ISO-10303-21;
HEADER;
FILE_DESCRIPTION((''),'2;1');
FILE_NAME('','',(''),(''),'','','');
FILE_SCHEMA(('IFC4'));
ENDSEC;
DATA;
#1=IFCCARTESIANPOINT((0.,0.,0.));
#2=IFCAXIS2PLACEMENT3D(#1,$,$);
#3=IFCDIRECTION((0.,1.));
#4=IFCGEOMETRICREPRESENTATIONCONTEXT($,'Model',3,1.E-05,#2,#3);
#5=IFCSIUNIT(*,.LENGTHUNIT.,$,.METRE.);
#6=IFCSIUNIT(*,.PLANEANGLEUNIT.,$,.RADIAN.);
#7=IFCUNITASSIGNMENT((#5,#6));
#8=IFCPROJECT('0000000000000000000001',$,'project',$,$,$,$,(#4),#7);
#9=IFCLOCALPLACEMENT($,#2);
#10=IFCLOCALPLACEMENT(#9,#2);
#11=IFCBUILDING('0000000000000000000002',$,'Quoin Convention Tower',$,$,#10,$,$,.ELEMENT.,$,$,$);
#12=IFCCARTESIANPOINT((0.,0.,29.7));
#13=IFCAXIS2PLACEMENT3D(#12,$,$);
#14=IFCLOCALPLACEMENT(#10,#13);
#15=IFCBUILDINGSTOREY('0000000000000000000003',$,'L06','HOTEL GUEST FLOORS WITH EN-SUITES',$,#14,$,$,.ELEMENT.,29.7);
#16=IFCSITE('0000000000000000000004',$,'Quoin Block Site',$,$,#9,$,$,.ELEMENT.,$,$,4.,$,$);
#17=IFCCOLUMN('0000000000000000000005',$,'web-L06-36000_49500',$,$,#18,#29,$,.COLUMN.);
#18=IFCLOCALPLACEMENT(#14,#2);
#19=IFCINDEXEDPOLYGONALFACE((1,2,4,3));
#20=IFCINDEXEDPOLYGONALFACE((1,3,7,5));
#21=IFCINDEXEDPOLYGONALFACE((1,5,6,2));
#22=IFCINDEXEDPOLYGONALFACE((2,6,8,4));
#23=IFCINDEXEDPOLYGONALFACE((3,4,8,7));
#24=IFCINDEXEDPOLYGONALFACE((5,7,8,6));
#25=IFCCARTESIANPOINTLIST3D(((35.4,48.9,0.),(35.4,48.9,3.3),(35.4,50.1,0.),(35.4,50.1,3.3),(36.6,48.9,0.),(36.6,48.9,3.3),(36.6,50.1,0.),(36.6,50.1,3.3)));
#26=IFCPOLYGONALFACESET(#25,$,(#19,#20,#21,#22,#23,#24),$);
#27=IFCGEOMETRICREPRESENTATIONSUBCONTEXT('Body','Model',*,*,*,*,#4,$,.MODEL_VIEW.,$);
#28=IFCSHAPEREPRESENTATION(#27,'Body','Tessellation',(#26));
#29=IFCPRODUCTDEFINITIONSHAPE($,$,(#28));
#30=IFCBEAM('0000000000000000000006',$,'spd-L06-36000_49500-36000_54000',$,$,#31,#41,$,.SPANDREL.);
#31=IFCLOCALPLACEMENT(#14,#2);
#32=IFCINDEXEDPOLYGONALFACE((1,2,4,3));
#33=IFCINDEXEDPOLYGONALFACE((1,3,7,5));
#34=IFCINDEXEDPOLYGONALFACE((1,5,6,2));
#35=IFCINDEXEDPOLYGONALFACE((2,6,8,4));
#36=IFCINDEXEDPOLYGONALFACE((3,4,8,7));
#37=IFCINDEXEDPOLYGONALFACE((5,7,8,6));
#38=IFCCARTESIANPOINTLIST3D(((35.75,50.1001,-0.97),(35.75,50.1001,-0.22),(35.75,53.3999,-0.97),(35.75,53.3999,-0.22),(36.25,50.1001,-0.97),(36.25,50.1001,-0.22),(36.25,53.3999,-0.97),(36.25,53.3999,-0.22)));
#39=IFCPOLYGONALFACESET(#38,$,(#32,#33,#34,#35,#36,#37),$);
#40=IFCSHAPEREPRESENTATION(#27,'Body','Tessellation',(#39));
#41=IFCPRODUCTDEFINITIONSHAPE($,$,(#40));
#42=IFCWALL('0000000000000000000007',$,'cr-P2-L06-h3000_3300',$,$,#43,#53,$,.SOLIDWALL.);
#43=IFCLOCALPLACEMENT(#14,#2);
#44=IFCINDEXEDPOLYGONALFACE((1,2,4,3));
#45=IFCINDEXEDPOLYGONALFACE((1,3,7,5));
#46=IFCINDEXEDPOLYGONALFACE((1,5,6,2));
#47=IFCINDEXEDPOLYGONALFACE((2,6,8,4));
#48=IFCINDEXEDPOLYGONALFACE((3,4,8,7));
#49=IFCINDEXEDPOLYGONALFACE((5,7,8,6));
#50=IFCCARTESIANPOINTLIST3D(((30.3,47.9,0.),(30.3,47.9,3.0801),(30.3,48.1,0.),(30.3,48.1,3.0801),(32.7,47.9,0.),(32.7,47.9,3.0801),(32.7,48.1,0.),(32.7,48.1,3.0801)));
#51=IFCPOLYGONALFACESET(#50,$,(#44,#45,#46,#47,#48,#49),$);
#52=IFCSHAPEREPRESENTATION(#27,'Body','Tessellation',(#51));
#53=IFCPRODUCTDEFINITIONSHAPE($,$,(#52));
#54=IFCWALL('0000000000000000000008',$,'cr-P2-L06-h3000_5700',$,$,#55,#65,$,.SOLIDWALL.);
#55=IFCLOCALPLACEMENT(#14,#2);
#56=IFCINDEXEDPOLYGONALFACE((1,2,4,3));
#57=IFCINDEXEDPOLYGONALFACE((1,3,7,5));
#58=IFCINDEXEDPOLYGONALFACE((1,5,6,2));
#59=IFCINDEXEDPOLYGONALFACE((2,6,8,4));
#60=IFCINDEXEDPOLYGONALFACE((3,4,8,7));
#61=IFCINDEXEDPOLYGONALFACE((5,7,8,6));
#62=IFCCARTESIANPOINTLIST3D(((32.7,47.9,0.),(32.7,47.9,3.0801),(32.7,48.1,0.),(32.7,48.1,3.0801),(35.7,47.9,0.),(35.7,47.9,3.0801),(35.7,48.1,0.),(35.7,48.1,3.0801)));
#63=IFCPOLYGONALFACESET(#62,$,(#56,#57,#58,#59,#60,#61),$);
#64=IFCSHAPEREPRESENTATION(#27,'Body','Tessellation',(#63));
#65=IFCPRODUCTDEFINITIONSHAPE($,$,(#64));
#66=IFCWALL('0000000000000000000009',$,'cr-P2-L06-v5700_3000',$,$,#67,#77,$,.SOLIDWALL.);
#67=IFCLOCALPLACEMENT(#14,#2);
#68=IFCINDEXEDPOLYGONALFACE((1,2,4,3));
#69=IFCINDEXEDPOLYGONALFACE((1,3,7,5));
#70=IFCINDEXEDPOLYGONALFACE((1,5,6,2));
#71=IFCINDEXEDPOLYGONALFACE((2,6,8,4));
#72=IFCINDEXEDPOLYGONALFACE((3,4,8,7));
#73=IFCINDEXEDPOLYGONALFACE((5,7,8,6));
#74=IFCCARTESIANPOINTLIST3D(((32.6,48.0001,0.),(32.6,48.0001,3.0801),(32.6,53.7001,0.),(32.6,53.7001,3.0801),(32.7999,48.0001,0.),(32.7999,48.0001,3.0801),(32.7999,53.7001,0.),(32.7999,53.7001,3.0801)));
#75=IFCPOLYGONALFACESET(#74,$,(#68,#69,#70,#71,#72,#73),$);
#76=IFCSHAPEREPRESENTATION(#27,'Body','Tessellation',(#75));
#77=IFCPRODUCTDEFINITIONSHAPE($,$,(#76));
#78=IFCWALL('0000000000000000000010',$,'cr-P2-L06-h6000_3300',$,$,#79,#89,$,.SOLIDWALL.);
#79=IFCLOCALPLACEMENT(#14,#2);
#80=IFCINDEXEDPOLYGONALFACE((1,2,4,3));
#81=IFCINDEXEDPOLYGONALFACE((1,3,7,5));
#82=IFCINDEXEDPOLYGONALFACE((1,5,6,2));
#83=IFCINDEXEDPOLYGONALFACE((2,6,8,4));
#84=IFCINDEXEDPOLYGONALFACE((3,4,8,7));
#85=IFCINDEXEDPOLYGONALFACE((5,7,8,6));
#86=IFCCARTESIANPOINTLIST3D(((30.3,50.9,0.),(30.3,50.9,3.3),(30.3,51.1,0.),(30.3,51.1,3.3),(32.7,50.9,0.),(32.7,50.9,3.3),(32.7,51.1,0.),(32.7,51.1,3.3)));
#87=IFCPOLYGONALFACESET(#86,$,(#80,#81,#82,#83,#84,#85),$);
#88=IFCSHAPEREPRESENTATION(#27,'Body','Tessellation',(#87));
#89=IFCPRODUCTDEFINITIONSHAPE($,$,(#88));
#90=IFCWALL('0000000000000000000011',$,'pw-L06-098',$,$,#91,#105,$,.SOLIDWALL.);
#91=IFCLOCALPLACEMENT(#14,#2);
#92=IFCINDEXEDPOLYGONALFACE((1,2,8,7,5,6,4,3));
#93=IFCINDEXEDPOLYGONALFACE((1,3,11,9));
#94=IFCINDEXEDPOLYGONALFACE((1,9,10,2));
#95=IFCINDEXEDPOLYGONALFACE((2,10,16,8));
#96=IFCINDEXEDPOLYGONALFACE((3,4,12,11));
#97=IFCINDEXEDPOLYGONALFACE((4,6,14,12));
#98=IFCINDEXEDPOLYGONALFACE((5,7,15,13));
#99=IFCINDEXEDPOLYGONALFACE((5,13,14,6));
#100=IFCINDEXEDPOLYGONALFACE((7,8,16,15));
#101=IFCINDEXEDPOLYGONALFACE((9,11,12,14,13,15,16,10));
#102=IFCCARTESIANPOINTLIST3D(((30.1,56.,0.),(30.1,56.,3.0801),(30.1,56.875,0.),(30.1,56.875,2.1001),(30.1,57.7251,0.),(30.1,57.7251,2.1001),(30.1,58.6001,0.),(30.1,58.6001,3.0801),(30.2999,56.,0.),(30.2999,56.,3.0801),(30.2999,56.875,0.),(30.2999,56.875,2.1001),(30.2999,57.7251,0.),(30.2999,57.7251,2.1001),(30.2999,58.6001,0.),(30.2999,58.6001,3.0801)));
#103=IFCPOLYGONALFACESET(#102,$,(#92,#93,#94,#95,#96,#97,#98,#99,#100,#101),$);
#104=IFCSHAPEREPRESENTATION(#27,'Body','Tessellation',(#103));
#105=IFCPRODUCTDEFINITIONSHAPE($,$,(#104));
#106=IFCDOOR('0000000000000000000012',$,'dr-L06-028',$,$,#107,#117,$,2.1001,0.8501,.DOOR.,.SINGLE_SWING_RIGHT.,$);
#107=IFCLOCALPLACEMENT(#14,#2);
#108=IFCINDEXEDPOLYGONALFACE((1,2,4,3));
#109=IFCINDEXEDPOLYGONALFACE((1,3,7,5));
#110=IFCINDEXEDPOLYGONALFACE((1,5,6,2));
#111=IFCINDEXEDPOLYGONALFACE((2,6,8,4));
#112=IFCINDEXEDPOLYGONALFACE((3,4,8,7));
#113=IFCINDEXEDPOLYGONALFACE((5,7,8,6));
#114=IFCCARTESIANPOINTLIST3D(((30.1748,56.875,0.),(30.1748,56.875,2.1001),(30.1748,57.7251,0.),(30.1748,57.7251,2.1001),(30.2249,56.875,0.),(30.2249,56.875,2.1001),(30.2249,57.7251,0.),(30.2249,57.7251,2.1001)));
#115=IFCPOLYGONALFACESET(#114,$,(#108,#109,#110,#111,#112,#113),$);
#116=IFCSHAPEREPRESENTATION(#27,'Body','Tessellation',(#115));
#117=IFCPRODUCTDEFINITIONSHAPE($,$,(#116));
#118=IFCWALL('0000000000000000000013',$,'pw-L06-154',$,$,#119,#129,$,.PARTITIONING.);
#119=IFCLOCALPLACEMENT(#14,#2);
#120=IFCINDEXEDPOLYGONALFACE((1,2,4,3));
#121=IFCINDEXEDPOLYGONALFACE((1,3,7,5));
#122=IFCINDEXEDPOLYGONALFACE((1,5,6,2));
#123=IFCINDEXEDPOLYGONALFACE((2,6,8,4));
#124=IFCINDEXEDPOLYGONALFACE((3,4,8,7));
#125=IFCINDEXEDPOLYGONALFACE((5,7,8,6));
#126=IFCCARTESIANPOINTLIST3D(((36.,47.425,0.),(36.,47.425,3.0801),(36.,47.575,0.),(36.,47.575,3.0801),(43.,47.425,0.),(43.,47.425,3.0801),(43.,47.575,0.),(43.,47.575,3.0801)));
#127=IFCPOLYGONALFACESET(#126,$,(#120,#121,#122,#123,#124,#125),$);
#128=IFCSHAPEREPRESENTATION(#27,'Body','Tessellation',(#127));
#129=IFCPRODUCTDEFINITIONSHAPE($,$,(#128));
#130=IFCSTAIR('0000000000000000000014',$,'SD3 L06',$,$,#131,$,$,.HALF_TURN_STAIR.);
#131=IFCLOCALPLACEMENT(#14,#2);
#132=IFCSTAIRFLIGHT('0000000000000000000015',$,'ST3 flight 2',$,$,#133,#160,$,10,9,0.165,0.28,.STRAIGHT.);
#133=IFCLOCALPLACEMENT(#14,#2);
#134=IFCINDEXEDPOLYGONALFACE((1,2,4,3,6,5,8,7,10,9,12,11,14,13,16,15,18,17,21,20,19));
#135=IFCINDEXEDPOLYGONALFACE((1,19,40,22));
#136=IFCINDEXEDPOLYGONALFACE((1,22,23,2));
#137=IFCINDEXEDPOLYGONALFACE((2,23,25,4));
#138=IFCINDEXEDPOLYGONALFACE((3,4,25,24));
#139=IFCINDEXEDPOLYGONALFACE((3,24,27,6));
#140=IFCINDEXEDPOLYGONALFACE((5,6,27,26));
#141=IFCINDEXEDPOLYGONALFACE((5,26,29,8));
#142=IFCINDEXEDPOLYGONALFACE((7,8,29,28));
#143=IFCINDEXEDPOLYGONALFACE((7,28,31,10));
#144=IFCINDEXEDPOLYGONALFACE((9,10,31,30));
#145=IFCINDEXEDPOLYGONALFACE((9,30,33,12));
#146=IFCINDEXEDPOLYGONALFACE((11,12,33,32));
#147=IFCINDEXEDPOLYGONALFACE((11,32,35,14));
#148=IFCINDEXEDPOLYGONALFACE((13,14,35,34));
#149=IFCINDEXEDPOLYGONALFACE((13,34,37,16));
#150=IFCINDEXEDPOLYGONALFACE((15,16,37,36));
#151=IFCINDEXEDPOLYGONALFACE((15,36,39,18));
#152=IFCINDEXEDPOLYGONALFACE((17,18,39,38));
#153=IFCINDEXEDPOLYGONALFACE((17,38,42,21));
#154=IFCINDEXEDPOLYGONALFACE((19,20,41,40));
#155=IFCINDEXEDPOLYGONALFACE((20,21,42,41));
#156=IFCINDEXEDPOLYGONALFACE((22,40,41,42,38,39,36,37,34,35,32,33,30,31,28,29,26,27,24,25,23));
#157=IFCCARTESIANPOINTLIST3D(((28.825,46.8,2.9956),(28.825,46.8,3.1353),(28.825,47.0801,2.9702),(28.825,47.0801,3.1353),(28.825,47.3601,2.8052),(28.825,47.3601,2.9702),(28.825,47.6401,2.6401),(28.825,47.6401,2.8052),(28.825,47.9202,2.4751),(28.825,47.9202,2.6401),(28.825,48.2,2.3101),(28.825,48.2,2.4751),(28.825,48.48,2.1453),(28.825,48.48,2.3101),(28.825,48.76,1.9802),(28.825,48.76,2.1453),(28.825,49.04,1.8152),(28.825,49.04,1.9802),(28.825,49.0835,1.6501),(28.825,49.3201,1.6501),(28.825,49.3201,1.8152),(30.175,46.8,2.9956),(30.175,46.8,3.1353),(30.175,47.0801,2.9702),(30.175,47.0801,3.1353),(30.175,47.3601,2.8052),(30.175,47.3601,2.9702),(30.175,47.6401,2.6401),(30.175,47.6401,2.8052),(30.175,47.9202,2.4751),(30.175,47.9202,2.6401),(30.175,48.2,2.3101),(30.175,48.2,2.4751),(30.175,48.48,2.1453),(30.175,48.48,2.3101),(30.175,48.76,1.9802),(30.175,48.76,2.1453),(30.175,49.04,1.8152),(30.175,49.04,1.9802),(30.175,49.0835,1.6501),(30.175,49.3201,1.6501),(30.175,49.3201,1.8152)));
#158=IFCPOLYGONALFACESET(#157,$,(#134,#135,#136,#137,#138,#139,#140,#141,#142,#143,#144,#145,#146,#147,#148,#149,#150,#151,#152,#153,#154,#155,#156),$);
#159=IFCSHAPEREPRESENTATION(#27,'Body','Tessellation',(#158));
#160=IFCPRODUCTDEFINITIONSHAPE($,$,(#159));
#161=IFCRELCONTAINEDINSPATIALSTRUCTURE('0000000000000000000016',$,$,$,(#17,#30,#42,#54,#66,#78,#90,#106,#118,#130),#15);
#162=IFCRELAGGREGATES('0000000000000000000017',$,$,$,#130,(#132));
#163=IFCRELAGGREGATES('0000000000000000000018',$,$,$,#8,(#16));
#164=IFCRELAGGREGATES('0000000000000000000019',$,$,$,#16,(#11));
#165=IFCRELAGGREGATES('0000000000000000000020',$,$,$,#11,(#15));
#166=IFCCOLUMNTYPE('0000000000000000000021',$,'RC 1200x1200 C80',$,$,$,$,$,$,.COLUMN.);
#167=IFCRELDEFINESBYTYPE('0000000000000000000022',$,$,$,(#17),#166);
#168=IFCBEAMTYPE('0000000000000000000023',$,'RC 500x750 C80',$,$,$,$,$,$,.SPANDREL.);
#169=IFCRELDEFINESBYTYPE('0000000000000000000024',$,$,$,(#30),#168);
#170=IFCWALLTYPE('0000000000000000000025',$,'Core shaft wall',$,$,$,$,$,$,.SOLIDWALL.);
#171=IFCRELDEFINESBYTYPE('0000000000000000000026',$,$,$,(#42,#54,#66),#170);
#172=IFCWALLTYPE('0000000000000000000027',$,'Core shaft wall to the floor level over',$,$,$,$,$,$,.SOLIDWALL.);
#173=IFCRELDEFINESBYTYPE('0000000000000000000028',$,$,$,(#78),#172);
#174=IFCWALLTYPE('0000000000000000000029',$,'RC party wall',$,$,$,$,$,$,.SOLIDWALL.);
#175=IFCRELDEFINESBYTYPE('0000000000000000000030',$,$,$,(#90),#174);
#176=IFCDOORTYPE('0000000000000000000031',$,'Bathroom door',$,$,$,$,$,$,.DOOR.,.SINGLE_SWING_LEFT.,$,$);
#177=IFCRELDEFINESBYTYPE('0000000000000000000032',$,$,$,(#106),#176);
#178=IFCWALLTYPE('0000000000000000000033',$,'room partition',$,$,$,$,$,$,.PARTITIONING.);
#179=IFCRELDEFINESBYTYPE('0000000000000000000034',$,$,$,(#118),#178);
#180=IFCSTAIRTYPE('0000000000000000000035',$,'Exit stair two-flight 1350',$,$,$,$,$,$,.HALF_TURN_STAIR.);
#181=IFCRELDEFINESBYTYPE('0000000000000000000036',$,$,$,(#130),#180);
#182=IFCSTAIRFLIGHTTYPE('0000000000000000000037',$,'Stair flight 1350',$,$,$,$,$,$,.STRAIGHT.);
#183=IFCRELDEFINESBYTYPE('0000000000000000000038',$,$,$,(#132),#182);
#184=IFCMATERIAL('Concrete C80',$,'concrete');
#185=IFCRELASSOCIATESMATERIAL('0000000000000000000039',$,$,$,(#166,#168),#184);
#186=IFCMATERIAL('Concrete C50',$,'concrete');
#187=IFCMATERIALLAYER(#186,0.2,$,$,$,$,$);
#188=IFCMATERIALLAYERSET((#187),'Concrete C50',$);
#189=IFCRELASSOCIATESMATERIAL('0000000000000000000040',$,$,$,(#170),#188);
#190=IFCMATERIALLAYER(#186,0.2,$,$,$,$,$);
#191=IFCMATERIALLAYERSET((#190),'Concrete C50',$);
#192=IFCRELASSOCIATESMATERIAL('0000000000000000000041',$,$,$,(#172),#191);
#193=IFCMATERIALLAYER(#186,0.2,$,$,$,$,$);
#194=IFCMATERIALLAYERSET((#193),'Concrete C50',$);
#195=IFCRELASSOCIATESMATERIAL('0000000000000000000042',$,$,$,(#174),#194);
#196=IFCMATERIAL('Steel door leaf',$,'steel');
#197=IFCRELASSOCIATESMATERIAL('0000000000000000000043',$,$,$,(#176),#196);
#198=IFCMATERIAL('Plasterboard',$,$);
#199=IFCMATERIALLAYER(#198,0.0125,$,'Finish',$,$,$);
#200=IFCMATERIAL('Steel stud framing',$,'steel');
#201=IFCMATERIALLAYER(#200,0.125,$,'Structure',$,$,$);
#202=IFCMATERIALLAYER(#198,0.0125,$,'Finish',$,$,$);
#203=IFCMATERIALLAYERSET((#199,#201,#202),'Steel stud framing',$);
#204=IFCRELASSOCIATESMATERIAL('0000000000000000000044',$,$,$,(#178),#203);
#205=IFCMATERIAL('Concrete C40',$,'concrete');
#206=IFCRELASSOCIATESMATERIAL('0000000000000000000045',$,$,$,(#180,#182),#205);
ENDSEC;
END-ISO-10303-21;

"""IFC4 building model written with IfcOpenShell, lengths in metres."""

from ifc_helpers import new_model, si_unit, direction, frame, frame_2d, origin, origin_2d, place, context, subcontext, project, spatial, polyline, rectangle, outline, extrude, material, layer, layer_set, material_profile, profile_set, type_object, element, fill, aggregate, save


model = new_model("IFC4")

# Units and contexts
model_context = context("Model", 3, precision=1e-05, world=origin(), true_north=direction((0.0, 1.0)))
body_context = subcontext(model_context, "Body", "Model", "MODEL_VIEW")
ifc_project = project(units=[si_unit("LENGTHUNIT", "METRE"), si_unit("PLANEANGLEUNIT", "RADIAN")], contexts=[model_context])

# Site, building, storey
site_placement = place(None, origin())
site = spatial("IfcSite", under=ifc_project, at=site_placement, Name="Quoin Block Site", CompositionType="ELEMENT", RefElevation=4.0)
building_placement = place(site_placement, origin())
building = spatial("IfcBuilding", under=site, at=building_placement, Name="Quoin Convention Tower", CompositionType="ELEMENT")
storey_placement = place(building_placement, frame((0.0, 0.0, 29.7)))
storey = spatial("IfcBuildingStorey", under=building, at=storey_placement, Name="L06", Description="HOTEL GUEST FLOORS WITH EN-SUITES", CompositionType="ELEMENT", Elevation=29.7)

# Column
ifc_material_1 = material(Name="Concrete C80", Category="concrete")
ifc_material_profile_1 = material_profile(ifc_material_1, rectangle(XDim=1.2, YDim=1.2, at=origin_2d()), Name="RC 1200x1200")
ifc_profile_set_1 = profile_set([ifc_material_profile_1], Name="Concrete C80")
column_type = type_object("IfcColumnType", Name="RC 1200x1200 C80", PredefinedType="COLUMN", material=ifc_profile_set_1)
column_placement = place(storey_placement, frame((36.0, 49.5, 0.0), z_axis=(0.0, 0.0, 1.0), x_axis=(1.0, 0.0, 0.0)))
element("IfcColumn", 1, at=column_placement, inside=storey, type_object=column_type, Name="web-L06-36000_49500", PredefinedType="COLUMN", context=body_context, shape_type="SweptSolid", body=[
    extrude(rectangle(XDim=1.2, YDim=1.2, at=origin_2d()), origin(), (0.0, 0.0, 1.0), 3.3),
])

# Beam
ifc_material_profile_2 = material_profile(ifc_material_1, rectangle(XDim=0.5, YDim=0.75, at=origin_2d()), Name="RC 500x750")
ifc_profile_set_2 = profile_set([ifc_material_profile_2], Name="Concrete C80")
beam_type = type_object("IfcBeamType", Name="RC 500x750 C80", PredefinedType="SPANDREL", material=ifc_profile_set_2)
beam_placement = place(storey_placement, frame((36.0, 50.1001, -0.595), z_axis=(0.0, 1.0, 0.0), x_axis=(-1.0, 0.0, 0.0)))
element("IfcBeam", 2, at=beam_placement, inside=storey, type_object=beam_type, Name="spd-L06-36000_49500-36000_54000", PredefinedType="SPANDREL", context=body_context, shape_type="SweptSolid", body=[
    extrude(rectangle(XDim=0.5, YDim=0.75, at=origin_2d()), origin(), (0.0, 0.0, 1.0), 3.2998),
])

# Walls
ifc_material_2 = material(Name="Concrete C50", Category="concrete")
ifc_layer_1 = layer(ifc_material_2, 0.2)
ifc_layer_set_1 = layer_set([ifc_layer_1], Name="Concrete C50")
wall_type_1 = type_object("IfcWallType", Name="Core shaft wall", PredefinedType="SOLIDWALL", material=ifc_layer_set_1)
wall_1_placement = place(storey_placement, frame((30.3, 48.0, 0.0), z_axis=(0.0, 0.0, 1.0), x_axis=(1.0, 0.0, 0.0)))
element("IfcWall", 3, at=wall_1_placement, inside=storey, type_object=wall_type_1, Name="cr-P2-L06-h3000_3300", PredefinedType="SOLIDWALL", context=body_context, shape_type="SweptSolid", body=[
    extrude(rectangle(XDim=2.3999, YDim=0.2, at=frame_2d((1.2, 0.0))), origin(), (0.0, 0.0, 1.0), 3.0801),
])
wall_2_placement = place(storey_placement, frame((32.7, 48.0, 0.0), z_axis=(0.0, 0.0, 1.0), x_axis=(1.0, 0.0, 0.0)))
element("IfcWall", 4, at=wall_2_placement, inside=storey, type_object=wall_type_1, Name="cr-P2-L06-h3000_5700", PredefinedType="SOLIDWALL", context=body_context, shape_type="SweptSolid", body=[
    extrude(rectangle(XDim=3.0, YDim=0.2, at=frame_2d((1.5, 0.0))), origin(), (0.0, 0.0, 1.0), 3.0801),
])
wall_3_placement = place(storey_placement, frame((32.7, 48.0, 0.0), z_axis=(0.0, 0.0, 1.0), x_axis=(0.0, 1.0, 0.0)))
element("IfcWall", 5, at=wall_3_placement, inside=storey, type_object=wall_type_1, Name="cr-P2-L06-v5700_3000", PredefinedType="SOLIDWALL", context=body_context, shape_type="SweptSolid", body=[
    extrude(rectangle(XDim=5.7, YDim=0.2, at=frame_2d((2.8501, 0.0))), origin(), (0.0, 0.0, 1.0), 3.0801),
])
ifc_layer_2 = layer(ifc_material_2, 0.2)
ifc_layer_set_2 = layer_set([ifc_layer_2], Name="Concrete C50")
wall_type_2 = type_object("IfcWallType", Name="Core shaft wall to the floor level over", PredefinedType="SOLIDWALL", material=ifc_layer_set_2)
wall_4_placement = place(storey_placement, frame((30.3, 51.0, 0.0), z_axis=(0.0, 0.0, 1.0), x_axis=(1.0, 0.0, 0.0)))
element("IfcWall", 6, at=wall_4_placement, inside=storey, type_object=wall_type_2, Name="cr-P2-L06-h6000_3300", PredefinedType="SOLIDWALL", context=body_context, shape_type="SweptSolid", body=[
    extrude(rectangle(XDim=2.3999, YDim=0.2, at=frame_2d((1.2, 0.0))), origin(), (0.0, 0.0, 1.0), 3.3),
])

# Wall, opening, door
ifc_layer_3 = layer(ifc_material_2, 0.2)
ifc_layer_set_3 = layer_set([ifc_layer_3], Name="Concrete C50")
wall_type_3 = type_object("IfcWallType", Name="RC party wall", PredefinedType="SOLIDWALL", material=ifc_layer_set_3)
wall_5_placement = place(storey_placement, frame((30.2, 56.0, 0.0), z_axis=(0.0, 0.0, 1.0), x_axis=(0.0, 1.0, 0.0)))
wall_5 = element("IfcWall", 7, at=wall_5_placement, inside=storey, type_object=wall_type_3, Name="pw-L06-098", PredefinedType="SOLIDWALL", context=body_context, shape_type="SweptSolid", body=[
    extrude(rectangle(XDim=2.6001, YDim=0.2, at=frame_2d((1.3, 0.0))), origin(), (0.0, 0.0, 1.0), 3.0801),
])
opening_placement = place(wall_5_placement, frame((0.875, 0.0, 0.0)))
opening = element("IfcOpeningElement", 8, at=opening_placement, cuts=wall_5, PredefinedType="OPENING", context=body_context, shape_type="SweptSolid", body=[
    extrude(rectangle(XDim=0.8501, YDim=2.1001, at=frame_2d((0.425, 1.05))), frame((0.0, 0.1099, 0.0), z_axis=(0.0, -1.0, 0.0), x_axis=(1.0, 0.0, 0.0)), (0.0, 0.0, 1.0), 0.22),
])
ifc_material_3 = material(Name="Steel door leaf", Category="steel")
door_type = type_object("IfcDoorType", Name="Bathroom door", OperationType="SINGLE_SWING_LEFT", PredefinedType="DOOR", material=ifc_material_3)
door_placement = place(opening_placement, frame((0.8501, 0.0, 0.0), z_axis=(0.0, 0.0, 1.0), x_axis=(-1.0, 0.0, 0.0)))
door = element("IfcDoor", 9, at=door_placement, inside=storey, type_object=door_type, Name="dr-L06-028", OperationType="SINGLE_SWING_RIGHT", OverallHeight=2.1001, OverallWidth=0.8501, PredefinedType="DOOR", context=body_context, shape_type="SweptSolid", body=[
    extrude(rectangle(XDim=0.8501, YDim=2.1001, at=frame_2d((0.425, 1.05))), frame((0.0, 0.0249, 0.0), z_axis=(0.0, -1.0, 0.0), x_axis=(1.0, 0.0, 0.0)), (0.0, 0.0, 1.0), 0.05),
])
fill(opening, door)

# Wall
ifc_material_4 = material(Name="Plasterboard")
ifc_layer_4 = layer(ifc_material_4, 0.0125, Name="Finish")
ifc_material_5 = material(Name="Steel stud framing", Category="steel")
ifc_layer_5 = layer(ifc_material_5, 0.125, Name="Structure")
ifc_layer_6 = layer(ifc_material_4, 0.0125, Name="Finish")
ifc_layer_set_4 = layer_set([ifc_layer_4, ifc_layer_5, ifc_layer_6], Name="Steel stud framing")
wall_type_4 = type_object("IfcWallType", Name="room partition", PredefinedType="PARTITIONING", material=ifc_layer_set_4)
wall_6_placement = place(storey_placement, frame((36.0, 47.5, 0.0), z_axis=(0.0, 0.0, 1.0), x_axis=(1.0, 0.0, 0.0)))
element("IfcWall", 10, at=wall_6_placement, inside=storey, type_object=wall_type_4, Name="pw-L06-154", PredefinedType="PARTITIONING", context=body_context, shape_type="SweptSolid", body=[
    extrude(rectangle(XDim=7.0, YDim=0.1499, at=frame_2d((3.5, 0.0))), origin(), (0.0, 0.0, 1.0), 3.0801),
])

# Stair, stair flight
ifc_material_6 = material(Name="Concrete C40", Category="concrete")
stair_type = type_object("IfcStairType", Name="Exit stair two-flight 1350", PredefinedType="HALF_TURN_STAIR", material=ifc_material_6)
stair_1_placement = place(storey_placement, origin())
stair_1 = element("IfcStair", 11, at=stair_1_placement, inside=storey, type_object=stair_type, Name="SD3 L06", PredefinedType="HALF_TURN_STAIR")
stair_flight_type = type_object("IfcStairFlightType", Name="Stair flight 1350", PredefinedType="STRAIGHT", material=ifc_material_6)
stair_flight_1_placement = place(storey_placement, frame((29.5, 49.3201, 1.6501), z_axis=(0.0, 0.0, 1.0), x_axis=(0.0, -1.0, 0.0)))
stair_flight_1 = element("IfcStairFlight", 12, at=stair_flight_1_placement, type_object=stair_flight_type, Name="ST3 flight 2", NumberOfRisers=10, NumberOfTreads=9, PredefinedType="STRAIGHT", RiserHeight=0.165, TreadLength=0.28, context=body_context, shape_type="SweptSolid", body=[
    extrude(outline(polyline([(0.0, 0.0), (0.0, 0.165), (0.28, 0.165), (0.28, 0.3301), (0.5601, 0.3301), (0.5601, 0.4951), (0.8401, 0.4951), (0.8401, 0.6599), (1.1201, 0.6599), (1.1201, 0.825), (1.3999, 0.825), (1.3999, 0.99), (1.6799, 0.99), (1.6799, 1.155), (1.96, 1.155), (1.96, 1.3201), (2.24, 1.3201), (2.24, 1.4851), (2.52, 1.4851), (2.52, 1.6499), (2.52, 1.3455), (0.2366, 0.0), (0.0, 0.0)])), frame((0.0, 0.675, 0.0), z_axis=(0.0, -1.0, 0.0), x_axis=(1.0, 0.0, 0.0)), (0.0, 0.0, 1.0), 1.3501),
])
aggregate(stair_1, [stair_flight_1])

save(model, "model.ifc")
